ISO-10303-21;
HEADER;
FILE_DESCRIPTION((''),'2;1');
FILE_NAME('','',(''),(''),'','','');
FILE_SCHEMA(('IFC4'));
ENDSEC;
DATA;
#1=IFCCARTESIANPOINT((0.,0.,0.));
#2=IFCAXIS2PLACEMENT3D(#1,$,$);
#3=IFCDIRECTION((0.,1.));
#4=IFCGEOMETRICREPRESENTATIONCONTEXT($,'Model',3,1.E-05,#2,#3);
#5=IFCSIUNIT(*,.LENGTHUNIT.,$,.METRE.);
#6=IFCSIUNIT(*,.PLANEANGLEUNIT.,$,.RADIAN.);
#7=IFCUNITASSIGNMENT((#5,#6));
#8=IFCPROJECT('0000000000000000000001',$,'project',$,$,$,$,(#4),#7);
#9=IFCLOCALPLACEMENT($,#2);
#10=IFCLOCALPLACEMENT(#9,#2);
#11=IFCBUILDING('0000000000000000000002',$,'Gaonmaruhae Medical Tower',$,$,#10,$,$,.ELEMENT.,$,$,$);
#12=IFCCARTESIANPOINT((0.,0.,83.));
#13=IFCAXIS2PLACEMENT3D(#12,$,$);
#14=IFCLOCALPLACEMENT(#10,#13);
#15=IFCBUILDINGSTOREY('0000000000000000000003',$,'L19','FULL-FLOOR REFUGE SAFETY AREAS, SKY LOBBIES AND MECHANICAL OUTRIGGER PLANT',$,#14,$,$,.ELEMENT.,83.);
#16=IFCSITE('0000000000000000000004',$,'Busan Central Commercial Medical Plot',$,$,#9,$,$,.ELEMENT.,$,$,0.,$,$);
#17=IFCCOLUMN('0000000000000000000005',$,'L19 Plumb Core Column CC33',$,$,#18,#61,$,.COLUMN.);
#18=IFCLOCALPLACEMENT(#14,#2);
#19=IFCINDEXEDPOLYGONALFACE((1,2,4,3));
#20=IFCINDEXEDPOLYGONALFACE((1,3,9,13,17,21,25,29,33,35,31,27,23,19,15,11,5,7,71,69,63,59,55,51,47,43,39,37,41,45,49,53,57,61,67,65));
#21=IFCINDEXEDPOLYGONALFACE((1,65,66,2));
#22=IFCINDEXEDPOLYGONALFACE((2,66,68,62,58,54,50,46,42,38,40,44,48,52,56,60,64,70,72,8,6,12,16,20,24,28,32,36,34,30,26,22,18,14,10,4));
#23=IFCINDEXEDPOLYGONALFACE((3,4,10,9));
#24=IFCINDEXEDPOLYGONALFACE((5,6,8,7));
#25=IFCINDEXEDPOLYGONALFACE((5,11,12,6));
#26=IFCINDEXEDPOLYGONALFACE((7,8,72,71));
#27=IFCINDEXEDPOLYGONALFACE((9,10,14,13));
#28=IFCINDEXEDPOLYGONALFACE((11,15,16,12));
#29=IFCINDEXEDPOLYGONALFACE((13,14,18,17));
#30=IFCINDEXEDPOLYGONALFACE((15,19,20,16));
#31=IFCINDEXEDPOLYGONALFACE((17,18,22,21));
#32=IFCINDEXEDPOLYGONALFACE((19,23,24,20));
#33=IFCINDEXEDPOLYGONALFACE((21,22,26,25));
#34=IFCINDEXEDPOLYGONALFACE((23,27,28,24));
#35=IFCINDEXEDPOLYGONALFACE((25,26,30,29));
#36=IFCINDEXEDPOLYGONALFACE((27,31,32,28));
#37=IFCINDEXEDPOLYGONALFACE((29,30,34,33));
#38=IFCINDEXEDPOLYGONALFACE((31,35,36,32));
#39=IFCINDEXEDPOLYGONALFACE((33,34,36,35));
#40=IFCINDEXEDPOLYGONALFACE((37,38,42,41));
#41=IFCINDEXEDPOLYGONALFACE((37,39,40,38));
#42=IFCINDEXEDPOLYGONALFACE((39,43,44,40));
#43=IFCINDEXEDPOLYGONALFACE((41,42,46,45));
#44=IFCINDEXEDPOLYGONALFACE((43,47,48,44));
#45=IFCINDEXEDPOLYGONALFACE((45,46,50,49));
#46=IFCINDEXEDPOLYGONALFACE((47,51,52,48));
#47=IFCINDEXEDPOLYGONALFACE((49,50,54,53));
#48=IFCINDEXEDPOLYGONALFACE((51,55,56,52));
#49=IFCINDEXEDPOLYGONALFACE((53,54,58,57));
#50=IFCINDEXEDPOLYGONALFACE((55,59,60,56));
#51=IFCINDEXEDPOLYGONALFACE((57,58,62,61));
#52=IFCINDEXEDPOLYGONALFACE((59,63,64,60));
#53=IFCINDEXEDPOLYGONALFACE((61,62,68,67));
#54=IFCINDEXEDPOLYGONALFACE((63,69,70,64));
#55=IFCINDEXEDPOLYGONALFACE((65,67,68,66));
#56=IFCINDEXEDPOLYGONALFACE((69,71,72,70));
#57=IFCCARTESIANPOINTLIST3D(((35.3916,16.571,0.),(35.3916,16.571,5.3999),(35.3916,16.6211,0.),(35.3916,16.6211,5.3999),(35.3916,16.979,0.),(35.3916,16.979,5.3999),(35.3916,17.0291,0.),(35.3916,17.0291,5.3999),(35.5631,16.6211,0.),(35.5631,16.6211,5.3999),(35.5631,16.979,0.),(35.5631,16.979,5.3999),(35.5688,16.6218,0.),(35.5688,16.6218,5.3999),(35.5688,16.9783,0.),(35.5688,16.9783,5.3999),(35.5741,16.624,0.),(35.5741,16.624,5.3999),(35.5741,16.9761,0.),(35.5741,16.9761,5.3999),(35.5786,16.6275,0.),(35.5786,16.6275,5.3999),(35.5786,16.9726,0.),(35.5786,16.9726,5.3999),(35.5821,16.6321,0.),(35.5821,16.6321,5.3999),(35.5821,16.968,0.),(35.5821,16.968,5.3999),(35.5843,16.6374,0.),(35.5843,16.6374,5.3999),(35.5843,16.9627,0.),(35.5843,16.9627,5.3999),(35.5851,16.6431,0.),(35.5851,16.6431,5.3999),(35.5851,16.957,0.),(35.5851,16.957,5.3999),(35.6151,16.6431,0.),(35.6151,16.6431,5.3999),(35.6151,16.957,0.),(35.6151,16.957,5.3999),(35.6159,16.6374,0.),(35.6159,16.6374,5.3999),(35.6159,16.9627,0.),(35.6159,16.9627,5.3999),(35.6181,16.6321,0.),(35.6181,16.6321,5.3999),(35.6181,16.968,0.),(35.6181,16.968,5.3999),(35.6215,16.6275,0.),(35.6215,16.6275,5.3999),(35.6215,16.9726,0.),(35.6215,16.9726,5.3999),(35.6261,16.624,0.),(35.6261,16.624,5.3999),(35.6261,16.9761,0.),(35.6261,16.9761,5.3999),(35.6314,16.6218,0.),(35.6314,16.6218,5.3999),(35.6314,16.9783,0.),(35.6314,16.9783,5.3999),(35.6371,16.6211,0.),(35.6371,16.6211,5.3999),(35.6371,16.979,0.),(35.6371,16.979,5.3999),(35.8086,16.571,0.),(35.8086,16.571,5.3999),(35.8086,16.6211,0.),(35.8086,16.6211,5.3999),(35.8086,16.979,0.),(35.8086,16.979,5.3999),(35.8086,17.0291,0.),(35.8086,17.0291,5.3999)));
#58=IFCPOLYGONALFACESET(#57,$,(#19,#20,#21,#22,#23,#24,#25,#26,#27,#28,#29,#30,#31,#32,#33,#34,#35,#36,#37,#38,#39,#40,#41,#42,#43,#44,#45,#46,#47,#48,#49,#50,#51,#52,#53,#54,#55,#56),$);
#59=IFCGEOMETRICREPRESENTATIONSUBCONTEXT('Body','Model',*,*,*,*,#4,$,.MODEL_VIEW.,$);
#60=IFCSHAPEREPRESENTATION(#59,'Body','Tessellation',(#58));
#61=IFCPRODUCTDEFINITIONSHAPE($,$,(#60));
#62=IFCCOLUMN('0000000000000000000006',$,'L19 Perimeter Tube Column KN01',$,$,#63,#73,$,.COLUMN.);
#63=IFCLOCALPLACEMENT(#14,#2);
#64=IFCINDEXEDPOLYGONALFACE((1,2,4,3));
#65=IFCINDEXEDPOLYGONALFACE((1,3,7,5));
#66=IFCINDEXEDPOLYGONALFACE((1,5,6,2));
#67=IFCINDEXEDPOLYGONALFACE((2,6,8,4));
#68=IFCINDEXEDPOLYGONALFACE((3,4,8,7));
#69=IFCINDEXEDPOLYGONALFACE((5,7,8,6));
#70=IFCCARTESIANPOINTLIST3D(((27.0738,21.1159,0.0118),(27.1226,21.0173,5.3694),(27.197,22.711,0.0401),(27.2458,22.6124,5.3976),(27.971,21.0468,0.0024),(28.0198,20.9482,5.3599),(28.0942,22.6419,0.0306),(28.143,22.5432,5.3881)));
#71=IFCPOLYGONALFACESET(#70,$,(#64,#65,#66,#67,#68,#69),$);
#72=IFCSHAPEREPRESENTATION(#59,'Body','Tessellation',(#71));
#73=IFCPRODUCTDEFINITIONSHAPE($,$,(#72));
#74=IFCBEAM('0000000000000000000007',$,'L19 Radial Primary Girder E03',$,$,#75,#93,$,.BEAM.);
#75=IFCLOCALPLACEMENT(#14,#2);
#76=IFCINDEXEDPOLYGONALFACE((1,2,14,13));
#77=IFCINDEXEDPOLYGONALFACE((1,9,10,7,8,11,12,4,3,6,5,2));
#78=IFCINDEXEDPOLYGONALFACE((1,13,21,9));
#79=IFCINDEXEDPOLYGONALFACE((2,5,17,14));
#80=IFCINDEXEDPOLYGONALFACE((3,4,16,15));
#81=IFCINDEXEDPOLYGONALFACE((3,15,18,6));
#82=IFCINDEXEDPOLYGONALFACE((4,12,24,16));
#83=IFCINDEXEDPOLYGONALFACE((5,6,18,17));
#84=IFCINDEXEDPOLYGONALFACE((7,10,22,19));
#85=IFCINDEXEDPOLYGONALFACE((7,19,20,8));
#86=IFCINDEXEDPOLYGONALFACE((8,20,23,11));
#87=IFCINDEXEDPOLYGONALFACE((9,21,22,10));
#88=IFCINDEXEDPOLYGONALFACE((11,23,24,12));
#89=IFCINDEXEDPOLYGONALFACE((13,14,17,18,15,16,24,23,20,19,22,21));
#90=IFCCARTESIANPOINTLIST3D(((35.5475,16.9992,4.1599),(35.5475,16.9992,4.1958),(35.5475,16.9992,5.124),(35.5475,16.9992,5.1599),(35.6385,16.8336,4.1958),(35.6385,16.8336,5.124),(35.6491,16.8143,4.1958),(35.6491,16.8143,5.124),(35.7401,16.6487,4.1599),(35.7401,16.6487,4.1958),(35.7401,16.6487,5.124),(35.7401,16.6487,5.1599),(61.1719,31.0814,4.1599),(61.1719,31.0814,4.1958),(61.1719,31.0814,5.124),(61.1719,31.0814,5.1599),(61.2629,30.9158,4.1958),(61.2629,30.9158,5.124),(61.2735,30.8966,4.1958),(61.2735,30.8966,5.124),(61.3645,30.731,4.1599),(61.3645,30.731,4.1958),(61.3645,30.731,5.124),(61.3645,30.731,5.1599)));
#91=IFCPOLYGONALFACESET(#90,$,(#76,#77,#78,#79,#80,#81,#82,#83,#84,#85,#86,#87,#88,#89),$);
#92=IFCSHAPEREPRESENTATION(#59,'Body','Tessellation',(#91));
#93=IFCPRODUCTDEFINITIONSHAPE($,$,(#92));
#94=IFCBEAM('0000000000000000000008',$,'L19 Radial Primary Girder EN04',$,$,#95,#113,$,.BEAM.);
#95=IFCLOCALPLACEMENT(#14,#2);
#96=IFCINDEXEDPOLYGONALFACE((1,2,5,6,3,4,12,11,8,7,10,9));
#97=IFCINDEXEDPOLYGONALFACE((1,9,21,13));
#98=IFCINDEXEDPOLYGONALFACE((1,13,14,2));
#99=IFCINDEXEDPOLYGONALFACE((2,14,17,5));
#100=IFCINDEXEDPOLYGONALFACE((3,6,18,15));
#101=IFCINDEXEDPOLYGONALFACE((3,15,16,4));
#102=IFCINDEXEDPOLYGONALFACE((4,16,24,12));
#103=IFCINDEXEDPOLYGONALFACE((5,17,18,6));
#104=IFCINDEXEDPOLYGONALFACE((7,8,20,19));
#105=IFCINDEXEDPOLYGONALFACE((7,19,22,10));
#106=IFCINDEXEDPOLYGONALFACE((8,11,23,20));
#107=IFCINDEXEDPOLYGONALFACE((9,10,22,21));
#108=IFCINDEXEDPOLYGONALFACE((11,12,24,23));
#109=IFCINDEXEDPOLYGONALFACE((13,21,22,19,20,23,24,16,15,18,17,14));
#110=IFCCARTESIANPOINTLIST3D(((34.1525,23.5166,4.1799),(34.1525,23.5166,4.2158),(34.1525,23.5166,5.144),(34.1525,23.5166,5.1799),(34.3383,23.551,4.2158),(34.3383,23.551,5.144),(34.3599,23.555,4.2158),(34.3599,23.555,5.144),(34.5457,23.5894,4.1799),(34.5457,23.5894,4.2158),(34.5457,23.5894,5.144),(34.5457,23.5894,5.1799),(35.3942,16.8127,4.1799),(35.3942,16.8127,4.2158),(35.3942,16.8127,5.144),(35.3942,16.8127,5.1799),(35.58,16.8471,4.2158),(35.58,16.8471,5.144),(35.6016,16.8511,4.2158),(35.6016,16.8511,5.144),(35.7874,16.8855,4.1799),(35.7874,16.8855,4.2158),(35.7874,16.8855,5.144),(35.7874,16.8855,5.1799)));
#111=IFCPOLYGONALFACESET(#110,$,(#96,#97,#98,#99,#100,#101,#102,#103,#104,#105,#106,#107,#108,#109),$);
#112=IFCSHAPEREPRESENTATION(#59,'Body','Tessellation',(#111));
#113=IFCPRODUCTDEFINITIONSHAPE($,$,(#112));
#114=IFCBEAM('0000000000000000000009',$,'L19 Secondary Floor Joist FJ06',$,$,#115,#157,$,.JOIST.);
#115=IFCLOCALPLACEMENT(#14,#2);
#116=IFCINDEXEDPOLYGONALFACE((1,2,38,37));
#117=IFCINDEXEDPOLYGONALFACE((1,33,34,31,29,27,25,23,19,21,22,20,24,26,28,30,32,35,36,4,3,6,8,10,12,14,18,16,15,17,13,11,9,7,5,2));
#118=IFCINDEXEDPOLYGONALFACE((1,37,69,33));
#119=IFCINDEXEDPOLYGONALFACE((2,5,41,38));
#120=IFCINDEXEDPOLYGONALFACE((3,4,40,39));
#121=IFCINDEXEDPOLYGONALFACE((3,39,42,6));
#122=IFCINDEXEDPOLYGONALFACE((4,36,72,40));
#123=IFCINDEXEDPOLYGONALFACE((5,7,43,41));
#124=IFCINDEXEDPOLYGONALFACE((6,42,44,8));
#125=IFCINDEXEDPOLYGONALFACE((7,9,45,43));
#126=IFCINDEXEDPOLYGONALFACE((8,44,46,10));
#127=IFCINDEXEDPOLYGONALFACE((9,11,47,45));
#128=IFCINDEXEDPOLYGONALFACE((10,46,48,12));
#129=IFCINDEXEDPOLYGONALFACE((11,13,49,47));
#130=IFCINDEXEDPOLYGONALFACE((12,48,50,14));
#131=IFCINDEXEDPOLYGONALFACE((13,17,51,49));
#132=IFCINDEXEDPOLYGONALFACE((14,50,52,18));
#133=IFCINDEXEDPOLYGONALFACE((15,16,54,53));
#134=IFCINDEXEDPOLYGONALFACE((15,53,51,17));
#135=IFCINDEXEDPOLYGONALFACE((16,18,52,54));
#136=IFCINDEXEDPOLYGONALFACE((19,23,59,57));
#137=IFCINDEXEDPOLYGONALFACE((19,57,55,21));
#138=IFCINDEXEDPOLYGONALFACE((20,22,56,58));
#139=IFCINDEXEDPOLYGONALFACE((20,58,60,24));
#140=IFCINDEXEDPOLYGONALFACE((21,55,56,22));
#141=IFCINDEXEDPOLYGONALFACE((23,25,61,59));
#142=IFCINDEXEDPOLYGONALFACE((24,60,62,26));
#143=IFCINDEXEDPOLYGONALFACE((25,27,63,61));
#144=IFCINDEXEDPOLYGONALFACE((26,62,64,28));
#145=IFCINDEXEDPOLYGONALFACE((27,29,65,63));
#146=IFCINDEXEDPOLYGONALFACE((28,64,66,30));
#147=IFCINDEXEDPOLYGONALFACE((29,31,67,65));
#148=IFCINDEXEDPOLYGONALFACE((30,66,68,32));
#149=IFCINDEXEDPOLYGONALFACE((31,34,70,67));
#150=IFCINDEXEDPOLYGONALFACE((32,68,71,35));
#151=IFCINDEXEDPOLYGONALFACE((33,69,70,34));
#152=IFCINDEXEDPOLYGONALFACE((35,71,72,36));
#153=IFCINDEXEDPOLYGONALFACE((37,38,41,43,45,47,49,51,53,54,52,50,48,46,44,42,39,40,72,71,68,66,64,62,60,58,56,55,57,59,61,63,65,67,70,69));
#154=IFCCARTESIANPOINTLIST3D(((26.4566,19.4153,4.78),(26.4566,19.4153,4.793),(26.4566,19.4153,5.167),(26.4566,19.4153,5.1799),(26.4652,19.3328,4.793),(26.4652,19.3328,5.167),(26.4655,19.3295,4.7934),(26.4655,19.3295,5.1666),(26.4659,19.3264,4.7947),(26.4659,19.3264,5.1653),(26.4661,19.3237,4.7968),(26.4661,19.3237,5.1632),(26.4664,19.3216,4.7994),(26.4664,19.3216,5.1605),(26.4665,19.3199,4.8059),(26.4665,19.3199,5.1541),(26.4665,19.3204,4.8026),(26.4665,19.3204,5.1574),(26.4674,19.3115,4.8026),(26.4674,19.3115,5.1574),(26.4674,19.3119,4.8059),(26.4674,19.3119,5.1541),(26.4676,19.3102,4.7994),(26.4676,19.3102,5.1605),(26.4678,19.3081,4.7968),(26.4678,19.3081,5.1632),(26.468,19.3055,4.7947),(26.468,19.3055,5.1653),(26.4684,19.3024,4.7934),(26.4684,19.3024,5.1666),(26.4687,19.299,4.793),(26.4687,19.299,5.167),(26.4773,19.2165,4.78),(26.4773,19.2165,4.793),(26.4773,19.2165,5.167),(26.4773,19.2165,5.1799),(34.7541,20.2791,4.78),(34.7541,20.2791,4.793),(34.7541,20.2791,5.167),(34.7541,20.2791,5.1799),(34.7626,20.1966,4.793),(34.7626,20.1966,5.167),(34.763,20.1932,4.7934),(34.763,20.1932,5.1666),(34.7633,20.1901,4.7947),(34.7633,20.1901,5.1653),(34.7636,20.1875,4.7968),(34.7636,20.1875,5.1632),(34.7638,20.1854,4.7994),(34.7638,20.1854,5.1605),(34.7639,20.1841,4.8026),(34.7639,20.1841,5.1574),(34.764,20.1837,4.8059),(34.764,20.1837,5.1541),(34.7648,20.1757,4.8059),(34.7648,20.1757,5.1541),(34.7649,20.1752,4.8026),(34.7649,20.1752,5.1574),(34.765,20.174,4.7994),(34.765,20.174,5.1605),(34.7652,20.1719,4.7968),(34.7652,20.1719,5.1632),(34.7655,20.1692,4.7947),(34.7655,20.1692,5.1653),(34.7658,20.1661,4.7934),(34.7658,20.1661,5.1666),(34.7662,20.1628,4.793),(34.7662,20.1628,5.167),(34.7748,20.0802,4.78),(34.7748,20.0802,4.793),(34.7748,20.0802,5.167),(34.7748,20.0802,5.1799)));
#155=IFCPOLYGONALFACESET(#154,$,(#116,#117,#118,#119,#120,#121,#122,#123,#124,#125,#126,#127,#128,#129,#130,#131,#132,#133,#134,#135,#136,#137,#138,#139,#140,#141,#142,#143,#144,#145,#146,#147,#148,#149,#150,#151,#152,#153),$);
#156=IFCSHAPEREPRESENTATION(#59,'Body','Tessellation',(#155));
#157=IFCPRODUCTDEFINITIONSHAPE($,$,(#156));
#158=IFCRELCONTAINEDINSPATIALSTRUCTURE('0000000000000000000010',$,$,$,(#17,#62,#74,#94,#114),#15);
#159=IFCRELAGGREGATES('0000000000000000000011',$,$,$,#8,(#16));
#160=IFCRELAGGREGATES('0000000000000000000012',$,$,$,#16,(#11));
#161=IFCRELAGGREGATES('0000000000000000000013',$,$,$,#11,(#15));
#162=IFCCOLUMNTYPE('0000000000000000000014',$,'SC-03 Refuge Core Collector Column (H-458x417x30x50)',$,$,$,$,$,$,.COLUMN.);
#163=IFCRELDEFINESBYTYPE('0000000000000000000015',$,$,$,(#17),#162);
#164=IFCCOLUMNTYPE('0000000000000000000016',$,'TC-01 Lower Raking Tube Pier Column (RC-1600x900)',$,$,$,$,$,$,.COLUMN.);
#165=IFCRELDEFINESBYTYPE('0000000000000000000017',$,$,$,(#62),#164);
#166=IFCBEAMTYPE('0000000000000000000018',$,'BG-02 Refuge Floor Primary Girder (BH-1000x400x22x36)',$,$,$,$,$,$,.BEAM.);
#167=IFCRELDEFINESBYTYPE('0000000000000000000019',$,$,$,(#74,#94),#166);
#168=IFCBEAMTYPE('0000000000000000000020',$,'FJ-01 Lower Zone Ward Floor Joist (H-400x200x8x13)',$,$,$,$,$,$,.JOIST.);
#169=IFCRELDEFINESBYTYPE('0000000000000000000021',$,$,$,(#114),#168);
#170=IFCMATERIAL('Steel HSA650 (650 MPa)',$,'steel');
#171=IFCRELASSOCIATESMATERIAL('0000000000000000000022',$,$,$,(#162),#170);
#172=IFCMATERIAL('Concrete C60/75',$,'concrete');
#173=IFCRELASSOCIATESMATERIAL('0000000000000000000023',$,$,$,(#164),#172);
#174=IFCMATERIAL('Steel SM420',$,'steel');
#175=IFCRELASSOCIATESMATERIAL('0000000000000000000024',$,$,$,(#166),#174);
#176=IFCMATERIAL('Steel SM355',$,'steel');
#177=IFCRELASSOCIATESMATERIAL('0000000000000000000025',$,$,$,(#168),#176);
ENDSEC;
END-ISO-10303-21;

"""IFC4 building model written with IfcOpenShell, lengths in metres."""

from ifc_helpers import new_model, si_unit, direction, frame, origin, origin_2d, place, context, subcontext, project, spatial, rectangle, i_section, extrude, material, material_profile, profile_set, type_object, element, save


model = new_model("IFC4")

# Units and contexts
model_context = context("Model", 3, precision=1e-05, world=origin(), true_north=direction((0.0, 1.0)))
body_context = subcontext(model_context, "Body", "Model", "MODEL_VIEW")
ifc_project = project(units=[si_unit("LENGTHUNIT", "METRE"), si_unit("PLANEANGLEUNIT", "RADIAN")], contexts=[model_context])

# Site, building, storey
site_placement = place(None, origin())
site = spatial("IfcSite", under=ifc_project, at=site_placement, Name="Busan Central Commercial Medical Plot", CompositionType="ELEMENT", RefElevation=0.0)
building_placement = place(site_placement, origin())
building = spatial("IfcBuilding", under=site, at=building_placement, Name="Gaonmaruhae Medical Tower", CompositionType="ELEMENT")
storey_placement = place(building_placement, frame((0.0, 0.0, 83.0)))
storey = spatial("IfcBuildingStorey", under=building, at=storey_placement, Name="L19", Description="FULL-FLOOR REFUGE SAFETY AREAS, SKY LOBBIES AND MECHANICAL OUTRIGGER PLANT", CompositionType="ELEMENT", Elevation=83.0)

# Columns
ifc_material_1 = material(Name="Steel HSA650 (650 MPa)", Category="steel")
ifc_material_profile_1 = material_profile(ifc_material_1, i_section(OverallWidth=0.417, OverallDepth=0.458, WebThickness=0.03, FlangeThickness=0.05, FilletRadius=0.022, at=origin_2d()), Name="H-458x417x30x50")
ifc_profile_set_1 = profile_set([ifc_material_profile_1], Name="Steel HSA650 (650 MPa)")
column_type_1 = type_object("IfcColumnType", Name="SC-03 Refuge Core Collector Column (H-458x417x30x50)", PredefinedType="COLUMN", material=ifc_profile_set_1)
column_1_placement = place(storey_placement, frame((35.6001, 16.8, 0.0), z_axis=(0.0, 0.0, 1.0), x_axis=(1.0, 0.0, 0.0)))
element("IfcColumn", 1, at=column_1_placement, inside=storey, type_object=column_type_1, Name="L19 Plumb Core Column CC33", PredefinedType="COLUMN", context=body_context, shape_type="SweptSolid", body=[
    extrude(i_section(OverallWidth=0.417, OverallDepth=0.458, WebThickness=0.03, FlangeThickness=0.05, FilletRadius=0.022, at=origin_2d()), origin(), (0.0, 0.0, 1.0), 5.3999),
])
ifc_material_2 = material(Name="Concrete C60/75", Category="concrete")
ifc_material_profile_2 = material_profile(ifc_material_2, rectangle(XDim=1.6001, YDim=0.8999, at=origin_2d()), Name="RC-1600x900")
ifc_profile_set_2 = profile_set([ifc_material_profile_2], Name="Concrete C60/75")
column_type_2 = type_object("IfcColumnType", Name="TC-01 Lower Raking Tube Pier Column (RC-1600x900)", PredefinedType="COLUMN", material=ifc_profile_set_2)
column_2_placement = place(storey_placement, frame((27.584, 21.8789, 0.0212), z_axis=(0.009112, -0.018407, 0.999789), x_axis=(0.077014, 0.996874, 0.017651)))
element("IfcColumn", 2, at=column_2_placement, inside=storey, type_object=column_type_2, Name="L19 Perimeter Tube Column KN01", PredefinedType="COLUMN", context=body_context, shape_type="SweptSolid", body=[
    extrude(rectangle(XDim=1.6001, YDim=0.8999, at=origin_2d()), origin(), (0.0, 0.0, 1.0), 5.3586),
])

# Beams
ifc_material_3 = material(Name="Steel SM420", Category="steel")
ifc_material_profile_3 = material_profile(ifc_material_3, i_section(OverallWidth=0.3999, OverallDepth=1.0, WebThickness=0.022, FlangeThickness=0.0359, at=origin_2d()), Name="BH-1000x400x22x36")
ifc_profile_set_3 = profile_set([ifc_material_profile_3], Name="Steel SM420")
beam_type_1 = type_object("IfcBeamType", Name="BG-02 Refuge Floor Primary Girder (BH-1000x400x22x36)", PredefinedType="BEAM", material=ifc_profile_set_3)
beam_1_placement = place(storey_placement, frame((35.6438, 16.824, 4.6599), z_axis=(0.876378, 0.481624, 0.0), x_axis=(-0.481624, 0.876378, 0.0)))
element("IfcBeam", 3, at=beam_1_placement, inside=storey, type_object=beam_type_1, Name="L19 Radial Primary Girder E03", PredefinedType="BEAM", context=body_context, shape_type="SweptSolid", body=[
    extrude(i_section(OverallWidth=0.3999, OverallDepth=1.0, WebThickness=0.022, FlangeThickness=0.0359, at=origin_2d()), origin(), (0.0, 0.0, 1.0), 29.239),
])
beam_2_placement = place(storey_placement, frame((35.5908, 16.8491, 4.6799), z_axis=(-0.182124, 0.983276, 0.0), x_axis=(-0.983276, -0.182124, 0.0)))
element("IfcBeam", 4, at=beam_2_placement, inside=storey, type_object=beam_type_1, Name="L19 Radial Primary Girder EN04", PredefinedType="BEAM", context=body_context, shape_type="SweptSolid", body=[
    extrude(i_section(OverallWidth=0.3999, OverallDepth=1.0, WebThickness=0.022, FlangeThickness=0.0359, at=origin_2d()), origin(), (0.0, 0.0, 1.0), 6.8179),
])
ifc_material_4 = material(Name="Steel SM355", Category="steel")
ifc_material_profile_4 = material_profile(ifc_material_4, i_section(OverallWidth=0.2, OverallDepth=0.3999, WebThickness=0.0081, FlangeThickness=0.0129, FilletRadius=0.0129, at=origin_2d()), Name="H-400x200x8x13")
ifc_profile_set_4 = profile_set([ifc_material_profile_4], Name="Steel SM355")
beam_type_2 = type_object("IfcBeamType", Name="FJ-01 Lower Zone Ward Floor Joist (H-400x200x8x13)", PredefinedType="JOIST", material=ifc_profile_set_4)
beam_3_placement = place(storey_placement, frame((34.7644, 20.1797, 4.98), z_axis=(-0.994625, -0.103542, 0.0), x_axis=(0.103542, -0.994625, 0.0)))
element("IfcBeam", 5, at=beam_3_placement, inside=storey, type_object=beam_type_2, Name="L19 Secondary Floor Joist FJ06", PredefinedType="JOIST", context=body_context, shape_type="SweptSolid", body=[
    extrude(i_section(OverallWidth=0.2, OverallDepth=0.3999, WebThickness=0.0081, FlangeThickness=0.0129, FilletRadius=0.0129, at=origin_2d()), origin(), (0.0, 0.0, 1.0), 8.3423),
])

save(model, "model.ifc")
